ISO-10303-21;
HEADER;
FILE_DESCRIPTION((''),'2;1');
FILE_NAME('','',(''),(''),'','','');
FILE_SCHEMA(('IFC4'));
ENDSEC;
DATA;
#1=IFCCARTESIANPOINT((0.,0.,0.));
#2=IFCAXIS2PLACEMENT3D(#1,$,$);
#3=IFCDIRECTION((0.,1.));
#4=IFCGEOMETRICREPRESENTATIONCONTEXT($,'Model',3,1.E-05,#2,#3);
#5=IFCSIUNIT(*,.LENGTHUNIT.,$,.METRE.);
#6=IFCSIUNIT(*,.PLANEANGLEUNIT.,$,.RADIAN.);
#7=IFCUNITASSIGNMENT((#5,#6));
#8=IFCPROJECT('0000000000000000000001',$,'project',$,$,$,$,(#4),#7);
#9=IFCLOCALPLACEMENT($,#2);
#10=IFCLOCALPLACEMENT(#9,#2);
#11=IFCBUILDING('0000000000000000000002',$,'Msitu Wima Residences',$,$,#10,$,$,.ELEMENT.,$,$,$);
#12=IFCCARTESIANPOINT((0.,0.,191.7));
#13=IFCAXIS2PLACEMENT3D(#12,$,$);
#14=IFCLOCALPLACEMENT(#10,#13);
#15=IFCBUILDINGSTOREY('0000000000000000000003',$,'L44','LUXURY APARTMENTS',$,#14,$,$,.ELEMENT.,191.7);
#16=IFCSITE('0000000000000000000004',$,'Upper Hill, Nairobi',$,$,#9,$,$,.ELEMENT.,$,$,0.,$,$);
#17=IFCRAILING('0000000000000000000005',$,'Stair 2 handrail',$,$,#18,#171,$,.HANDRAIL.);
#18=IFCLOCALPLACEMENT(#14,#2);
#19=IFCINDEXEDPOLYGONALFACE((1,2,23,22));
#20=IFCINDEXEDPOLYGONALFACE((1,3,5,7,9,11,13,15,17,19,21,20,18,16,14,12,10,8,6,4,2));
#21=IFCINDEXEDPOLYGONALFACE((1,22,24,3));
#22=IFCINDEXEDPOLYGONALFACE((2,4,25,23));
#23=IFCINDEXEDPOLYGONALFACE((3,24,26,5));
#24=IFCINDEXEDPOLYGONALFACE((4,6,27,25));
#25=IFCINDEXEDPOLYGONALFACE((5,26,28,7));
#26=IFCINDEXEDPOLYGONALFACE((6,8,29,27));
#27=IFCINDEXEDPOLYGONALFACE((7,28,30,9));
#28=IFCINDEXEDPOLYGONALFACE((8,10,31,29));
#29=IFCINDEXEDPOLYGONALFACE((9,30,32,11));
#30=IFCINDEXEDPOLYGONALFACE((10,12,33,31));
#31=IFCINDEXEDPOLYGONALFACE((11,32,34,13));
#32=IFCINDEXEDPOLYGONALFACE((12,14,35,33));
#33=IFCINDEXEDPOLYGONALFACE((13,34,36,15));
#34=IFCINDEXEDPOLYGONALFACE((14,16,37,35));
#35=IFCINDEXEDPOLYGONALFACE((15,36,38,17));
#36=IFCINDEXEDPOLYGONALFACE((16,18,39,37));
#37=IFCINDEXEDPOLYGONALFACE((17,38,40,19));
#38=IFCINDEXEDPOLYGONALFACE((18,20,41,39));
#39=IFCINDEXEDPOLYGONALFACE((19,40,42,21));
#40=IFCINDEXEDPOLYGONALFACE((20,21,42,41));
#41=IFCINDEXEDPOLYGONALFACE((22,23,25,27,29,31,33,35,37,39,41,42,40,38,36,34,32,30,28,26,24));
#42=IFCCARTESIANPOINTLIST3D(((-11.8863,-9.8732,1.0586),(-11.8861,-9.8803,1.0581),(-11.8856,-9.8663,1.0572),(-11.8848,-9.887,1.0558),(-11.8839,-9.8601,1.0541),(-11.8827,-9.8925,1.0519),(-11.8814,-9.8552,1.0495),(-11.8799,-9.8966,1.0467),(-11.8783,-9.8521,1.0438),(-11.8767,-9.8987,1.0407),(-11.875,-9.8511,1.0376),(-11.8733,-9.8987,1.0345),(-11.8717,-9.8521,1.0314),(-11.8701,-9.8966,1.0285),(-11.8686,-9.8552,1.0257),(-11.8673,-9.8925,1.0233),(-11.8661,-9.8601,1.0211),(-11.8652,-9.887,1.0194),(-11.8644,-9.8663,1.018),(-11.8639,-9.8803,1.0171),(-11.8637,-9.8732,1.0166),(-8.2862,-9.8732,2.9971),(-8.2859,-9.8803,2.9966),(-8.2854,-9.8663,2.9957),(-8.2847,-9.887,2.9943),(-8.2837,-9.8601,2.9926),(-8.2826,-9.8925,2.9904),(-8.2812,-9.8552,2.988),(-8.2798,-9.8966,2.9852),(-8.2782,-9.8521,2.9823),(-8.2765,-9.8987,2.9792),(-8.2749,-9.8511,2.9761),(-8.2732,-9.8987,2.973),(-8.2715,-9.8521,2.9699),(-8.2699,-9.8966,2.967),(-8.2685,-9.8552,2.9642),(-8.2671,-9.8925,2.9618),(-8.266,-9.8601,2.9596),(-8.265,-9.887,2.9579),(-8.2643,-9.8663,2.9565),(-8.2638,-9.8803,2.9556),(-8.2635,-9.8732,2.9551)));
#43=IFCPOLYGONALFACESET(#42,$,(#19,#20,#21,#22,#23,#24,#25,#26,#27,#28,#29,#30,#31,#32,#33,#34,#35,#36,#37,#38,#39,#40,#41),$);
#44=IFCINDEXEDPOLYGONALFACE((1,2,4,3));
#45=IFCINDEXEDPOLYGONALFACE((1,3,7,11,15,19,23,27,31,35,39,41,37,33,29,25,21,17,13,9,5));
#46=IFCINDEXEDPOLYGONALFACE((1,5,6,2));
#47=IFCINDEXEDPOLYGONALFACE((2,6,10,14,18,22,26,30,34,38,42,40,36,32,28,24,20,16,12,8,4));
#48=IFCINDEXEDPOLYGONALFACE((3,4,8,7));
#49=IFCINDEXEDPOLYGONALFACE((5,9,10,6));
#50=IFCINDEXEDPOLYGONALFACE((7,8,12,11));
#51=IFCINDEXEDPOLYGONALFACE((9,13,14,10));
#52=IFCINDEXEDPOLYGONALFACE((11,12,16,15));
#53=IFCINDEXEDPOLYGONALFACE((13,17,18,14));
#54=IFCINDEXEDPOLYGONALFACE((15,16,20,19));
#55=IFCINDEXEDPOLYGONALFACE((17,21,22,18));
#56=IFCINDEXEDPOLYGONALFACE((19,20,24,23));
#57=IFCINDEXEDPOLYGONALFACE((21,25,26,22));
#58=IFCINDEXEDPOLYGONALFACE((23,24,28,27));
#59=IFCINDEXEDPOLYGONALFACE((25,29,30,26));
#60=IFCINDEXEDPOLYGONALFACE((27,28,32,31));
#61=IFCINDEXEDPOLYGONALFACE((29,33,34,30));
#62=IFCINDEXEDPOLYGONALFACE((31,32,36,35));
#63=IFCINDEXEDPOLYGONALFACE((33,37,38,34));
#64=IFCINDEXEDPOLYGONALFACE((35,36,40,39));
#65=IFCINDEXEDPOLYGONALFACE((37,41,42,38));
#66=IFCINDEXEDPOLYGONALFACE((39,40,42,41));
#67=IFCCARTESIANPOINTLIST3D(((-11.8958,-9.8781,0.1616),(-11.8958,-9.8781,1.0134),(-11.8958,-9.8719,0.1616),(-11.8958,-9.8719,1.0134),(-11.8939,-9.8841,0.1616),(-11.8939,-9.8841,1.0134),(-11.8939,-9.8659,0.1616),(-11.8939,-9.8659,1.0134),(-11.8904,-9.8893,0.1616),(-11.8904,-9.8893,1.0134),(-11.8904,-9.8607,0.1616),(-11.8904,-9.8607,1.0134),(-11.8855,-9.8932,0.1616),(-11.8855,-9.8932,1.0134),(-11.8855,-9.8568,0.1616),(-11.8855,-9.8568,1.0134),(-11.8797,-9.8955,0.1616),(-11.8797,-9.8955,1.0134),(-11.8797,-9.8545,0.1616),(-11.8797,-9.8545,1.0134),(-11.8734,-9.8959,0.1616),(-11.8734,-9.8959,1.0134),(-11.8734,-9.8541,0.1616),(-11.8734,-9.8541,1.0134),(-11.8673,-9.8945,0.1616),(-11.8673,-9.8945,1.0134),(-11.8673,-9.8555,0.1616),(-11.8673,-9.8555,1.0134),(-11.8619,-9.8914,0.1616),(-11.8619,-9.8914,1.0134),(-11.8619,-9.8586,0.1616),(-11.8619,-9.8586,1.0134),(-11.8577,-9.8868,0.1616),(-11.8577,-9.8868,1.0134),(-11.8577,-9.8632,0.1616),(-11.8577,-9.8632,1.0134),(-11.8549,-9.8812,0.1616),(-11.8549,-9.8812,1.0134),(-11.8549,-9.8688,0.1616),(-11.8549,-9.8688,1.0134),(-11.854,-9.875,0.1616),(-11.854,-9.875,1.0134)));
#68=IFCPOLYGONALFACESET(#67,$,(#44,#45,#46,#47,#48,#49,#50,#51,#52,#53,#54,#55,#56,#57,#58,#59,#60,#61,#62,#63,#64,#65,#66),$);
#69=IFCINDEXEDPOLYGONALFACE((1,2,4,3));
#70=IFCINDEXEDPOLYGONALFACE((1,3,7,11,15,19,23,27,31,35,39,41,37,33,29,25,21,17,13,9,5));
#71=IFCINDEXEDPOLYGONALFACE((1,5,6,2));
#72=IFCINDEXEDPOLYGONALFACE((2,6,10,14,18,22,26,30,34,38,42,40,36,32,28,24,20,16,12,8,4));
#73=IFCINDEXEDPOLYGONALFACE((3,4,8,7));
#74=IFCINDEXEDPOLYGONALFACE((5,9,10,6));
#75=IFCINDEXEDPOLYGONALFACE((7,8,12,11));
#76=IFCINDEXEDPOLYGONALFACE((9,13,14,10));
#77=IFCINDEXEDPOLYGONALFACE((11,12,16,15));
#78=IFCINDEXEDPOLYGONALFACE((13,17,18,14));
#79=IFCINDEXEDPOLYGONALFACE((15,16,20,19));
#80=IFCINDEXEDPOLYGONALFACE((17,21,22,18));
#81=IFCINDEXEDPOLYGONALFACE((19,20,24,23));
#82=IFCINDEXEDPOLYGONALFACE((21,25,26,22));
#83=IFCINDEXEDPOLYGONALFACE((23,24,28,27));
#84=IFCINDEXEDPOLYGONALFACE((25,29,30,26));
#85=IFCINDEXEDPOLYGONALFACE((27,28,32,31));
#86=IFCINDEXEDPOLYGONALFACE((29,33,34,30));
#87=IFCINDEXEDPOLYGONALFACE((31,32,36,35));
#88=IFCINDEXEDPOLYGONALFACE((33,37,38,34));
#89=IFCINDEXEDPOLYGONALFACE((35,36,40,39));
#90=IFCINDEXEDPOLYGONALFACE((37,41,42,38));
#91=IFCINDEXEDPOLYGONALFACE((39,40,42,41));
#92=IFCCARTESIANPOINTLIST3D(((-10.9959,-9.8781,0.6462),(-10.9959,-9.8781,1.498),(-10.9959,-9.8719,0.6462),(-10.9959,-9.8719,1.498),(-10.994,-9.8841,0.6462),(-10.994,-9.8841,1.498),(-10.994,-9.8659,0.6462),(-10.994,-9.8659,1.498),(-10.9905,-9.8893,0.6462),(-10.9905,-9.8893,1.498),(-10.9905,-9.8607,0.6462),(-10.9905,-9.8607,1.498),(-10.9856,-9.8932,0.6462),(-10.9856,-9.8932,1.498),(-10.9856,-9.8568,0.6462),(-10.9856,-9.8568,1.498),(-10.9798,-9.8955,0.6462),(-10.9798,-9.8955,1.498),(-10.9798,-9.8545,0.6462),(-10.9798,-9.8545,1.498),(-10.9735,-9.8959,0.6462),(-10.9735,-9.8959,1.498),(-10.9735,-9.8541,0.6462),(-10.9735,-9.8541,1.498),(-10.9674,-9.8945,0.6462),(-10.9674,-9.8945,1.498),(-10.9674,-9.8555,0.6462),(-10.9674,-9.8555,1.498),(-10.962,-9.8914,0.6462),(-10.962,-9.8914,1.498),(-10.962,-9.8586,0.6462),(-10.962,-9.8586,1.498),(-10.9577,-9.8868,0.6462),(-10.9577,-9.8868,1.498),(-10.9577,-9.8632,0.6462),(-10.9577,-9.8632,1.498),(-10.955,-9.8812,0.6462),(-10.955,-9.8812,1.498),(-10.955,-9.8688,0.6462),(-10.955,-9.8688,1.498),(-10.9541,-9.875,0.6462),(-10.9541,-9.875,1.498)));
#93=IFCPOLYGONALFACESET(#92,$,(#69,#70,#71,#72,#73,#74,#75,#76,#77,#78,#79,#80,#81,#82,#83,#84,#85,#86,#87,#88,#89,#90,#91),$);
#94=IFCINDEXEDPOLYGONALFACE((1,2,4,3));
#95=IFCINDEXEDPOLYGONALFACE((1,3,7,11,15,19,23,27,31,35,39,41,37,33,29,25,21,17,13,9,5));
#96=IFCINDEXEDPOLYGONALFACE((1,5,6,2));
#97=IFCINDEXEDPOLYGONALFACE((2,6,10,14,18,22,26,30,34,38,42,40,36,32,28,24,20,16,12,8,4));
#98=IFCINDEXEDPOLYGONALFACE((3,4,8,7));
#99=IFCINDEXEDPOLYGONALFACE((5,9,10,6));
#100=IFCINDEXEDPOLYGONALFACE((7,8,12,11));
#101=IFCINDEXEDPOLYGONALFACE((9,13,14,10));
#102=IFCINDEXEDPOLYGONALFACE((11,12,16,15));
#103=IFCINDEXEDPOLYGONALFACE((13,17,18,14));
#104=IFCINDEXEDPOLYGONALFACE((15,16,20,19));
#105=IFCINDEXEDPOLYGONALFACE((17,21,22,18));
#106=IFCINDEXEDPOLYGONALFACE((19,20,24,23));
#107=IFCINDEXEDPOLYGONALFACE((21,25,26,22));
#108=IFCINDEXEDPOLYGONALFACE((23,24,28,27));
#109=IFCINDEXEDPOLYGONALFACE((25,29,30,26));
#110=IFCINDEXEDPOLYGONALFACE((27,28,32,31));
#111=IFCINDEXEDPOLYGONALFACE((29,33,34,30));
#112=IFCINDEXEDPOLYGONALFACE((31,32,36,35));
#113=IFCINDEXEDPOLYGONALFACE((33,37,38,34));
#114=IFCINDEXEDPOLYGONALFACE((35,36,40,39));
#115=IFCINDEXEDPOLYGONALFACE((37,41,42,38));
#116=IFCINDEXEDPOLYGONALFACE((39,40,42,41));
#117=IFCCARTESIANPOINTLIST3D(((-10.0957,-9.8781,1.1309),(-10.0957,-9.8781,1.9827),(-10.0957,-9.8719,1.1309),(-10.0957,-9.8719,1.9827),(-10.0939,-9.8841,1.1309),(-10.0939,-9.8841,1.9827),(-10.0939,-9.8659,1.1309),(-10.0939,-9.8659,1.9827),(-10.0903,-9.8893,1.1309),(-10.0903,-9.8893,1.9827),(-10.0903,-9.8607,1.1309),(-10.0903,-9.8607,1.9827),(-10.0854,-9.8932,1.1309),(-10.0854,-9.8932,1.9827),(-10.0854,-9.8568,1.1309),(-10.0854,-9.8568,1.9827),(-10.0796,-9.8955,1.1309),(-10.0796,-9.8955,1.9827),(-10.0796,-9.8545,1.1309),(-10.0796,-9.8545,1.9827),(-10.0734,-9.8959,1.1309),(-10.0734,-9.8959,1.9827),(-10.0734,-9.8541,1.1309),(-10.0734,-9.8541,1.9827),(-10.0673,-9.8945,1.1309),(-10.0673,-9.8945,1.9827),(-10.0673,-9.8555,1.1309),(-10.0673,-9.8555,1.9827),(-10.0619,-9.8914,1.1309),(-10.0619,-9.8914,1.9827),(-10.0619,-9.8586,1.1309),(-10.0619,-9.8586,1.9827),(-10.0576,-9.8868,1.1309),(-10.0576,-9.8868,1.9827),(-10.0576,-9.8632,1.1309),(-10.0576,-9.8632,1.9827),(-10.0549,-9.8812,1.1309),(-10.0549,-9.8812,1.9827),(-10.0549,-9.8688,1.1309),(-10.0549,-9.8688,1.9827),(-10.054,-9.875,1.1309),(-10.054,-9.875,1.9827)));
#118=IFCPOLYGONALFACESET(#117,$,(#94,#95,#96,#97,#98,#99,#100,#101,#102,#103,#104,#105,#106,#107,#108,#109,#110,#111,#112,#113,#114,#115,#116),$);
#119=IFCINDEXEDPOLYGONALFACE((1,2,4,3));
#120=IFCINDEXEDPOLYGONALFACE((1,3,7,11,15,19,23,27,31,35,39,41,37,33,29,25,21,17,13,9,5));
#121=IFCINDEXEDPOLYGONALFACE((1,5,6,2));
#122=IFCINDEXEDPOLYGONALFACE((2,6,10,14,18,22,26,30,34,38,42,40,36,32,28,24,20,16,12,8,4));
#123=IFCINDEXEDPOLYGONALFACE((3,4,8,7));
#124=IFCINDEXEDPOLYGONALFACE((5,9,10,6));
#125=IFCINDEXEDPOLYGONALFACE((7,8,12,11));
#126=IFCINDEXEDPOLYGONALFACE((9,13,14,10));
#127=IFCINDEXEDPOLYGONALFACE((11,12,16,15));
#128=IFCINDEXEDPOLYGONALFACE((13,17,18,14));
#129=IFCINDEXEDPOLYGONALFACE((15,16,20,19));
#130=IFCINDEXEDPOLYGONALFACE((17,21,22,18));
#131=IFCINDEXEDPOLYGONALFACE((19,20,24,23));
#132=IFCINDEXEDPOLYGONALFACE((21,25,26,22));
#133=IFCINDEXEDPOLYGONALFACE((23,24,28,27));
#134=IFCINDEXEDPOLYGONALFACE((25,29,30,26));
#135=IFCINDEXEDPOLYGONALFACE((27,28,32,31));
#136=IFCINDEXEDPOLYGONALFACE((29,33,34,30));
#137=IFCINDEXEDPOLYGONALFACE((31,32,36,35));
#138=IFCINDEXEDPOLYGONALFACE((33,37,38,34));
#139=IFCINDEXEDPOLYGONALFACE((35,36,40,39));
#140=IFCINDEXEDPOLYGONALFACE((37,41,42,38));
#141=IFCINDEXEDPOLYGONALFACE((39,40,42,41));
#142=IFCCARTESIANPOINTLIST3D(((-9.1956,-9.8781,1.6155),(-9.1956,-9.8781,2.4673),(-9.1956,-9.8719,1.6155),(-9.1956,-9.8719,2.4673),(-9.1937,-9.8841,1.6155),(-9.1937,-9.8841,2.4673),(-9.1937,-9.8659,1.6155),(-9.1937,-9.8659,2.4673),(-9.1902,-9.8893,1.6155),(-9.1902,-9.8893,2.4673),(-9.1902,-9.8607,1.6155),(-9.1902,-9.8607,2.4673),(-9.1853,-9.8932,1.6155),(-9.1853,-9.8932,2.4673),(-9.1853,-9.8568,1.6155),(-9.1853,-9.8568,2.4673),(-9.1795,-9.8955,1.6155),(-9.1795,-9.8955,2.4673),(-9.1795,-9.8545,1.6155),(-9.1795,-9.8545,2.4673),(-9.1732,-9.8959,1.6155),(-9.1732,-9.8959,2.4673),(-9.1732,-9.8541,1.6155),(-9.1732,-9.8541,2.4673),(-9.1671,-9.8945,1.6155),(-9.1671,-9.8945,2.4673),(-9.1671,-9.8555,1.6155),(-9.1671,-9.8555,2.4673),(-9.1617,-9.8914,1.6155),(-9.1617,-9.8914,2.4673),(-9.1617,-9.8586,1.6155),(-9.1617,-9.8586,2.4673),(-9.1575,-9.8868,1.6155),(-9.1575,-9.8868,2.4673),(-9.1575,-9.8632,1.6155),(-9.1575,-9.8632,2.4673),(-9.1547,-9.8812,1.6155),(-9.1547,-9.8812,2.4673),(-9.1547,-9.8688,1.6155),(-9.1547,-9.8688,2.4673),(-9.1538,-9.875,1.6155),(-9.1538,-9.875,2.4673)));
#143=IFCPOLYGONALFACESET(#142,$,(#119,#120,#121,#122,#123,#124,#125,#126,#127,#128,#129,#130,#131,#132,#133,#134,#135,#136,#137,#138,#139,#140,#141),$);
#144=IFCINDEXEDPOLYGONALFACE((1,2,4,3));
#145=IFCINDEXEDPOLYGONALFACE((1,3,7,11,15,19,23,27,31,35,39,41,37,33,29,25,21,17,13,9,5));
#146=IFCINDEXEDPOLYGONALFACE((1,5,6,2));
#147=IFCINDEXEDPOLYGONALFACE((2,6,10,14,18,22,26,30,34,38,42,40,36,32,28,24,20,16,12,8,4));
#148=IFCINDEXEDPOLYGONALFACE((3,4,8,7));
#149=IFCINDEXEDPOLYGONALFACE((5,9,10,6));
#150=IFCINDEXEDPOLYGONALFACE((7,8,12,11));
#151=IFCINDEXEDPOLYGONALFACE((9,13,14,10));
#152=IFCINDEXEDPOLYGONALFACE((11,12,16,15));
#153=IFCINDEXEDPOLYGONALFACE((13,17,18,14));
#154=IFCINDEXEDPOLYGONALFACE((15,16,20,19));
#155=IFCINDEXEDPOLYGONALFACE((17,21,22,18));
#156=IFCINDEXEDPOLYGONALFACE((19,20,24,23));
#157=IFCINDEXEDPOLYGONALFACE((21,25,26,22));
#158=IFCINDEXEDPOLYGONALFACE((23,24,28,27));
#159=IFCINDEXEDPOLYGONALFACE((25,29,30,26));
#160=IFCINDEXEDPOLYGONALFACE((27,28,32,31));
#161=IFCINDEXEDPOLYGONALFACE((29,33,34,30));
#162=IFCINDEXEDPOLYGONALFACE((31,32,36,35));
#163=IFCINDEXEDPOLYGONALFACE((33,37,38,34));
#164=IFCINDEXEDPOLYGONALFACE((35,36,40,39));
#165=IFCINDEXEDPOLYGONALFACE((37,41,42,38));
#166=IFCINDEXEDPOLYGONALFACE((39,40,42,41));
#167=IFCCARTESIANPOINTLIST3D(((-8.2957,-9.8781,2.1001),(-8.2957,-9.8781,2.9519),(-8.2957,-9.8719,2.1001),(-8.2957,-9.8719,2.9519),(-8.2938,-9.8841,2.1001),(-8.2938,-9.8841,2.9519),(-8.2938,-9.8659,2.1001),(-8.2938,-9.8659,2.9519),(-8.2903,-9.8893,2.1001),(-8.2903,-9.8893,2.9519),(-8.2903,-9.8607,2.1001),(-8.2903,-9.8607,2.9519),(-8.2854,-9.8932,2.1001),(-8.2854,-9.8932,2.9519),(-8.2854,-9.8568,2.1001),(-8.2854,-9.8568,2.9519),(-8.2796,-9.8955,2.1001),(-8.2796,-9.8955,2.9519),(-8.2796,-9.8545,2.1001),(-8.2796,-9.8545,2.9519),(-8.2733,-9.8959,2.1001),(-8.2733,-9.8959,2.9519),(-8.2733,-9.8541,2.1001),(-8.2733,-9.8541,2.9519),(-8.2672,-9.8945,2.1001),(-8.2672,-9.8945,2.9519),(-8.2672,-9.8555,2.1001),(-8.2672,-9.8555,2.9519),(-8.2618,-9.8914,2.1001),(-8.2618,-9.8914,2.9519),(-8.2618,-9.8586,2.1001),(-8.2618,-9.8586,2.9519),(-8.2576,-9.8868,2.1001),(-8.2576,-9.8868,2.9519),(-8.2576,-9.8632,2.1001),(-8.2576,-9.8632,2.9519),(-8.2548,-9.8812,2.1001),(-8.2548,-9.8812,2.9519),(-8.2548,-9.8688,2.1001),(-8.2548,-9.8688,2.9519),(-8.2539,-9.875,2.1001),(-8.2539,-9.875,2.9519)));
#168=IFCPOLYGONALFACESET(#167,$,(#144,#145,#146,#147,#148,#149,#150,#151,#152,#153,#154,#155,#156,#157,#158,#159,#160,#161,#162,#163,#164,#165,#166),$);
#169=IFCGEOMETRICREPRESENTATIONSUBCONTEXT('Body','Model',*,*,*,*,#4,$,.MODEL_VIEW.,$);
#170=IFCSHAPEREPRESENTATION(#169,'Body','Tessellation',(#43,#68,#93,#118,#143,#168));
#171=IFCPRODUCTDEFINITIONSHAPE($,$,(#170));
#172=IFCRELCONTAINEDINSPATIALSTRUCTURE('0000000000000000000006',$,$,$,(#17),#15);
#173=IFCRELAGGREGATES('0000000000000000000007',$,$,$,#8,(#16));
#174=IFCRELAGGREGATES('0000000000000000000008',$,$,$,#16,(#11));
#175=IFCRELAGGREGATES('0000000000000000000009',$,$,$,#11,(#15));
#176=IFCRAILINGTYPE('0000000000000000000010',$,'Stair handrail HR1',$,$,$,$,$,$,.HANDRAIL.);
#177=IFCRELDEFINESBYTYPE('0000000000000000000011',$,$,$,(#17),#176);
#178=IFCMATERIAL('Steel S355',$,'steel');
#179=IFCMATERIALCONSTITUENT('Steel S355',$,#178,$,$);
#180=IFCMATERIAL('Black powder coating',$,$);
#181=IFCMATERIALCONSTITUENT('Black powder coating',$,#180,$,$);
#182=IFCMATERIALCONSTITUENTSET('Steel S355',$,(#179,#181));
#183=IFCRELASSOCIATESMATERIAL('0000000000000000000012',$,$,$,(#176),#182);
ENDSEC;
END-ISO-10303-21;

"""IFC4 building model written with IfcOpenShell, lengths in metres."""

from ifc_helpers import new_model, si_unit, direction, frame, origin, origin_2d, place, context, subcontext, project, spatial, circle, extrude, material, constituent, constituent_set, type_object, element, save


model = new_model("IFC4")

# Units and contexts
model_context = context("Model", 3, precision=1e-05, world=origin(), true_north=direction((0.0, 1.0)))
body_context = subcontext(model_context, "Body", "Model", "MODEL_VIEW")
ifc_project = project(units=[si_unit("LENGTHUNIT", "METRE"), si_unit("PLANEANGLEUNIT", "RADIAN")], contexts=[model_context])

# Site, building, storey
site_placement = place(None, origin())
site = spatial("IfcSite", under=ifc_project, at=site_placement, Name="Upper Hill, Nairobi", CompositionType="ELEMENT", RefElevation=0.0)
building_placement = place(site_placement, origin())
building = spatial("IfcBuilding", under=site, at=building_placement, Name="Msitu Wima Residences", CompositionType="ELEMENT")
storey_placement = place(building_placement, frame((0.0, 0.0, 191.7)))
storey = spatial("IfcBuildingStorey", under=building, at=storey_placement, Name="L44", Description="LUXURY APARTMENTS", CompositionType="ELEMENT", Elevation=191.7)

# Railing
ifc_material_1 = material(Name="Steel S355", Category="steel")
ifc_constituent_1 = constituent(ifc_material_1, Name="Steel S355")
ifc_material_2 = material(Name="Black powder coating")
ifc_constituent_2 = constituent(ifc_material_2, Name="Black powder coating")
ifc_constituent_set = constituent_set(constituents=[ifc_constituent_1, ifc_constituent_2], Name="Steel S355")
railing_type = type_object("IfcRailingType", Name="Stair handrail HR1", PredefinedType="HANDRAIL", material=ifc_constituent_set)
for number, where, name in (
    (1, (-11.875, -9.875, 0.1616), "Stair 2 handrail"),
):
    element("IfcRailing", number, at=place(storey_placement, frame(where)), inside=storey, type_object=railing_type, Name=name, PredefinedType="HANDRAIL", context=body_context, shape_type="SweptSolid", body=[
        extrude(circle(Radius=0.0239, at=origin_2d()), frame((0.0, 0.0, 0.876), z_axis=(0.880475, 0.0, 0.474093), x_axis=(0.0, 1.0, 0.0)), (0.0, 0.0, 1.0), 4.0889),
        extrude(circle(Radius=0.021, at=origin_2d()), origin(), (0.0, 0.0, 1.0), 0.8518),
        extrude(circle(Radius=0.021, at=origin_2d()), frame((0.8999, 0.0, 0.4846)), (0.0, 0.0, 1.0), 0.8518),
        extrude(circle(Radius=0.021, at=origin_2d()), frame((1.8, 0.0, 0.9692)), (0.0, 0.0, 1.0), 0.8518),
        extrude(circle(Radius=0.021, at=origin_2d()), frame((2.7002, 0.0, 1.4539)), (0.0, 0.0, 1.0), 0.8518),
        extrude(circle(Radius=0.021, at=origin_2d()), frame((3.6001, 0.0, 1.9385)), (0.0, 0.0, 1.0), 0.8518),
    ])

save(model, "model.ifc")
